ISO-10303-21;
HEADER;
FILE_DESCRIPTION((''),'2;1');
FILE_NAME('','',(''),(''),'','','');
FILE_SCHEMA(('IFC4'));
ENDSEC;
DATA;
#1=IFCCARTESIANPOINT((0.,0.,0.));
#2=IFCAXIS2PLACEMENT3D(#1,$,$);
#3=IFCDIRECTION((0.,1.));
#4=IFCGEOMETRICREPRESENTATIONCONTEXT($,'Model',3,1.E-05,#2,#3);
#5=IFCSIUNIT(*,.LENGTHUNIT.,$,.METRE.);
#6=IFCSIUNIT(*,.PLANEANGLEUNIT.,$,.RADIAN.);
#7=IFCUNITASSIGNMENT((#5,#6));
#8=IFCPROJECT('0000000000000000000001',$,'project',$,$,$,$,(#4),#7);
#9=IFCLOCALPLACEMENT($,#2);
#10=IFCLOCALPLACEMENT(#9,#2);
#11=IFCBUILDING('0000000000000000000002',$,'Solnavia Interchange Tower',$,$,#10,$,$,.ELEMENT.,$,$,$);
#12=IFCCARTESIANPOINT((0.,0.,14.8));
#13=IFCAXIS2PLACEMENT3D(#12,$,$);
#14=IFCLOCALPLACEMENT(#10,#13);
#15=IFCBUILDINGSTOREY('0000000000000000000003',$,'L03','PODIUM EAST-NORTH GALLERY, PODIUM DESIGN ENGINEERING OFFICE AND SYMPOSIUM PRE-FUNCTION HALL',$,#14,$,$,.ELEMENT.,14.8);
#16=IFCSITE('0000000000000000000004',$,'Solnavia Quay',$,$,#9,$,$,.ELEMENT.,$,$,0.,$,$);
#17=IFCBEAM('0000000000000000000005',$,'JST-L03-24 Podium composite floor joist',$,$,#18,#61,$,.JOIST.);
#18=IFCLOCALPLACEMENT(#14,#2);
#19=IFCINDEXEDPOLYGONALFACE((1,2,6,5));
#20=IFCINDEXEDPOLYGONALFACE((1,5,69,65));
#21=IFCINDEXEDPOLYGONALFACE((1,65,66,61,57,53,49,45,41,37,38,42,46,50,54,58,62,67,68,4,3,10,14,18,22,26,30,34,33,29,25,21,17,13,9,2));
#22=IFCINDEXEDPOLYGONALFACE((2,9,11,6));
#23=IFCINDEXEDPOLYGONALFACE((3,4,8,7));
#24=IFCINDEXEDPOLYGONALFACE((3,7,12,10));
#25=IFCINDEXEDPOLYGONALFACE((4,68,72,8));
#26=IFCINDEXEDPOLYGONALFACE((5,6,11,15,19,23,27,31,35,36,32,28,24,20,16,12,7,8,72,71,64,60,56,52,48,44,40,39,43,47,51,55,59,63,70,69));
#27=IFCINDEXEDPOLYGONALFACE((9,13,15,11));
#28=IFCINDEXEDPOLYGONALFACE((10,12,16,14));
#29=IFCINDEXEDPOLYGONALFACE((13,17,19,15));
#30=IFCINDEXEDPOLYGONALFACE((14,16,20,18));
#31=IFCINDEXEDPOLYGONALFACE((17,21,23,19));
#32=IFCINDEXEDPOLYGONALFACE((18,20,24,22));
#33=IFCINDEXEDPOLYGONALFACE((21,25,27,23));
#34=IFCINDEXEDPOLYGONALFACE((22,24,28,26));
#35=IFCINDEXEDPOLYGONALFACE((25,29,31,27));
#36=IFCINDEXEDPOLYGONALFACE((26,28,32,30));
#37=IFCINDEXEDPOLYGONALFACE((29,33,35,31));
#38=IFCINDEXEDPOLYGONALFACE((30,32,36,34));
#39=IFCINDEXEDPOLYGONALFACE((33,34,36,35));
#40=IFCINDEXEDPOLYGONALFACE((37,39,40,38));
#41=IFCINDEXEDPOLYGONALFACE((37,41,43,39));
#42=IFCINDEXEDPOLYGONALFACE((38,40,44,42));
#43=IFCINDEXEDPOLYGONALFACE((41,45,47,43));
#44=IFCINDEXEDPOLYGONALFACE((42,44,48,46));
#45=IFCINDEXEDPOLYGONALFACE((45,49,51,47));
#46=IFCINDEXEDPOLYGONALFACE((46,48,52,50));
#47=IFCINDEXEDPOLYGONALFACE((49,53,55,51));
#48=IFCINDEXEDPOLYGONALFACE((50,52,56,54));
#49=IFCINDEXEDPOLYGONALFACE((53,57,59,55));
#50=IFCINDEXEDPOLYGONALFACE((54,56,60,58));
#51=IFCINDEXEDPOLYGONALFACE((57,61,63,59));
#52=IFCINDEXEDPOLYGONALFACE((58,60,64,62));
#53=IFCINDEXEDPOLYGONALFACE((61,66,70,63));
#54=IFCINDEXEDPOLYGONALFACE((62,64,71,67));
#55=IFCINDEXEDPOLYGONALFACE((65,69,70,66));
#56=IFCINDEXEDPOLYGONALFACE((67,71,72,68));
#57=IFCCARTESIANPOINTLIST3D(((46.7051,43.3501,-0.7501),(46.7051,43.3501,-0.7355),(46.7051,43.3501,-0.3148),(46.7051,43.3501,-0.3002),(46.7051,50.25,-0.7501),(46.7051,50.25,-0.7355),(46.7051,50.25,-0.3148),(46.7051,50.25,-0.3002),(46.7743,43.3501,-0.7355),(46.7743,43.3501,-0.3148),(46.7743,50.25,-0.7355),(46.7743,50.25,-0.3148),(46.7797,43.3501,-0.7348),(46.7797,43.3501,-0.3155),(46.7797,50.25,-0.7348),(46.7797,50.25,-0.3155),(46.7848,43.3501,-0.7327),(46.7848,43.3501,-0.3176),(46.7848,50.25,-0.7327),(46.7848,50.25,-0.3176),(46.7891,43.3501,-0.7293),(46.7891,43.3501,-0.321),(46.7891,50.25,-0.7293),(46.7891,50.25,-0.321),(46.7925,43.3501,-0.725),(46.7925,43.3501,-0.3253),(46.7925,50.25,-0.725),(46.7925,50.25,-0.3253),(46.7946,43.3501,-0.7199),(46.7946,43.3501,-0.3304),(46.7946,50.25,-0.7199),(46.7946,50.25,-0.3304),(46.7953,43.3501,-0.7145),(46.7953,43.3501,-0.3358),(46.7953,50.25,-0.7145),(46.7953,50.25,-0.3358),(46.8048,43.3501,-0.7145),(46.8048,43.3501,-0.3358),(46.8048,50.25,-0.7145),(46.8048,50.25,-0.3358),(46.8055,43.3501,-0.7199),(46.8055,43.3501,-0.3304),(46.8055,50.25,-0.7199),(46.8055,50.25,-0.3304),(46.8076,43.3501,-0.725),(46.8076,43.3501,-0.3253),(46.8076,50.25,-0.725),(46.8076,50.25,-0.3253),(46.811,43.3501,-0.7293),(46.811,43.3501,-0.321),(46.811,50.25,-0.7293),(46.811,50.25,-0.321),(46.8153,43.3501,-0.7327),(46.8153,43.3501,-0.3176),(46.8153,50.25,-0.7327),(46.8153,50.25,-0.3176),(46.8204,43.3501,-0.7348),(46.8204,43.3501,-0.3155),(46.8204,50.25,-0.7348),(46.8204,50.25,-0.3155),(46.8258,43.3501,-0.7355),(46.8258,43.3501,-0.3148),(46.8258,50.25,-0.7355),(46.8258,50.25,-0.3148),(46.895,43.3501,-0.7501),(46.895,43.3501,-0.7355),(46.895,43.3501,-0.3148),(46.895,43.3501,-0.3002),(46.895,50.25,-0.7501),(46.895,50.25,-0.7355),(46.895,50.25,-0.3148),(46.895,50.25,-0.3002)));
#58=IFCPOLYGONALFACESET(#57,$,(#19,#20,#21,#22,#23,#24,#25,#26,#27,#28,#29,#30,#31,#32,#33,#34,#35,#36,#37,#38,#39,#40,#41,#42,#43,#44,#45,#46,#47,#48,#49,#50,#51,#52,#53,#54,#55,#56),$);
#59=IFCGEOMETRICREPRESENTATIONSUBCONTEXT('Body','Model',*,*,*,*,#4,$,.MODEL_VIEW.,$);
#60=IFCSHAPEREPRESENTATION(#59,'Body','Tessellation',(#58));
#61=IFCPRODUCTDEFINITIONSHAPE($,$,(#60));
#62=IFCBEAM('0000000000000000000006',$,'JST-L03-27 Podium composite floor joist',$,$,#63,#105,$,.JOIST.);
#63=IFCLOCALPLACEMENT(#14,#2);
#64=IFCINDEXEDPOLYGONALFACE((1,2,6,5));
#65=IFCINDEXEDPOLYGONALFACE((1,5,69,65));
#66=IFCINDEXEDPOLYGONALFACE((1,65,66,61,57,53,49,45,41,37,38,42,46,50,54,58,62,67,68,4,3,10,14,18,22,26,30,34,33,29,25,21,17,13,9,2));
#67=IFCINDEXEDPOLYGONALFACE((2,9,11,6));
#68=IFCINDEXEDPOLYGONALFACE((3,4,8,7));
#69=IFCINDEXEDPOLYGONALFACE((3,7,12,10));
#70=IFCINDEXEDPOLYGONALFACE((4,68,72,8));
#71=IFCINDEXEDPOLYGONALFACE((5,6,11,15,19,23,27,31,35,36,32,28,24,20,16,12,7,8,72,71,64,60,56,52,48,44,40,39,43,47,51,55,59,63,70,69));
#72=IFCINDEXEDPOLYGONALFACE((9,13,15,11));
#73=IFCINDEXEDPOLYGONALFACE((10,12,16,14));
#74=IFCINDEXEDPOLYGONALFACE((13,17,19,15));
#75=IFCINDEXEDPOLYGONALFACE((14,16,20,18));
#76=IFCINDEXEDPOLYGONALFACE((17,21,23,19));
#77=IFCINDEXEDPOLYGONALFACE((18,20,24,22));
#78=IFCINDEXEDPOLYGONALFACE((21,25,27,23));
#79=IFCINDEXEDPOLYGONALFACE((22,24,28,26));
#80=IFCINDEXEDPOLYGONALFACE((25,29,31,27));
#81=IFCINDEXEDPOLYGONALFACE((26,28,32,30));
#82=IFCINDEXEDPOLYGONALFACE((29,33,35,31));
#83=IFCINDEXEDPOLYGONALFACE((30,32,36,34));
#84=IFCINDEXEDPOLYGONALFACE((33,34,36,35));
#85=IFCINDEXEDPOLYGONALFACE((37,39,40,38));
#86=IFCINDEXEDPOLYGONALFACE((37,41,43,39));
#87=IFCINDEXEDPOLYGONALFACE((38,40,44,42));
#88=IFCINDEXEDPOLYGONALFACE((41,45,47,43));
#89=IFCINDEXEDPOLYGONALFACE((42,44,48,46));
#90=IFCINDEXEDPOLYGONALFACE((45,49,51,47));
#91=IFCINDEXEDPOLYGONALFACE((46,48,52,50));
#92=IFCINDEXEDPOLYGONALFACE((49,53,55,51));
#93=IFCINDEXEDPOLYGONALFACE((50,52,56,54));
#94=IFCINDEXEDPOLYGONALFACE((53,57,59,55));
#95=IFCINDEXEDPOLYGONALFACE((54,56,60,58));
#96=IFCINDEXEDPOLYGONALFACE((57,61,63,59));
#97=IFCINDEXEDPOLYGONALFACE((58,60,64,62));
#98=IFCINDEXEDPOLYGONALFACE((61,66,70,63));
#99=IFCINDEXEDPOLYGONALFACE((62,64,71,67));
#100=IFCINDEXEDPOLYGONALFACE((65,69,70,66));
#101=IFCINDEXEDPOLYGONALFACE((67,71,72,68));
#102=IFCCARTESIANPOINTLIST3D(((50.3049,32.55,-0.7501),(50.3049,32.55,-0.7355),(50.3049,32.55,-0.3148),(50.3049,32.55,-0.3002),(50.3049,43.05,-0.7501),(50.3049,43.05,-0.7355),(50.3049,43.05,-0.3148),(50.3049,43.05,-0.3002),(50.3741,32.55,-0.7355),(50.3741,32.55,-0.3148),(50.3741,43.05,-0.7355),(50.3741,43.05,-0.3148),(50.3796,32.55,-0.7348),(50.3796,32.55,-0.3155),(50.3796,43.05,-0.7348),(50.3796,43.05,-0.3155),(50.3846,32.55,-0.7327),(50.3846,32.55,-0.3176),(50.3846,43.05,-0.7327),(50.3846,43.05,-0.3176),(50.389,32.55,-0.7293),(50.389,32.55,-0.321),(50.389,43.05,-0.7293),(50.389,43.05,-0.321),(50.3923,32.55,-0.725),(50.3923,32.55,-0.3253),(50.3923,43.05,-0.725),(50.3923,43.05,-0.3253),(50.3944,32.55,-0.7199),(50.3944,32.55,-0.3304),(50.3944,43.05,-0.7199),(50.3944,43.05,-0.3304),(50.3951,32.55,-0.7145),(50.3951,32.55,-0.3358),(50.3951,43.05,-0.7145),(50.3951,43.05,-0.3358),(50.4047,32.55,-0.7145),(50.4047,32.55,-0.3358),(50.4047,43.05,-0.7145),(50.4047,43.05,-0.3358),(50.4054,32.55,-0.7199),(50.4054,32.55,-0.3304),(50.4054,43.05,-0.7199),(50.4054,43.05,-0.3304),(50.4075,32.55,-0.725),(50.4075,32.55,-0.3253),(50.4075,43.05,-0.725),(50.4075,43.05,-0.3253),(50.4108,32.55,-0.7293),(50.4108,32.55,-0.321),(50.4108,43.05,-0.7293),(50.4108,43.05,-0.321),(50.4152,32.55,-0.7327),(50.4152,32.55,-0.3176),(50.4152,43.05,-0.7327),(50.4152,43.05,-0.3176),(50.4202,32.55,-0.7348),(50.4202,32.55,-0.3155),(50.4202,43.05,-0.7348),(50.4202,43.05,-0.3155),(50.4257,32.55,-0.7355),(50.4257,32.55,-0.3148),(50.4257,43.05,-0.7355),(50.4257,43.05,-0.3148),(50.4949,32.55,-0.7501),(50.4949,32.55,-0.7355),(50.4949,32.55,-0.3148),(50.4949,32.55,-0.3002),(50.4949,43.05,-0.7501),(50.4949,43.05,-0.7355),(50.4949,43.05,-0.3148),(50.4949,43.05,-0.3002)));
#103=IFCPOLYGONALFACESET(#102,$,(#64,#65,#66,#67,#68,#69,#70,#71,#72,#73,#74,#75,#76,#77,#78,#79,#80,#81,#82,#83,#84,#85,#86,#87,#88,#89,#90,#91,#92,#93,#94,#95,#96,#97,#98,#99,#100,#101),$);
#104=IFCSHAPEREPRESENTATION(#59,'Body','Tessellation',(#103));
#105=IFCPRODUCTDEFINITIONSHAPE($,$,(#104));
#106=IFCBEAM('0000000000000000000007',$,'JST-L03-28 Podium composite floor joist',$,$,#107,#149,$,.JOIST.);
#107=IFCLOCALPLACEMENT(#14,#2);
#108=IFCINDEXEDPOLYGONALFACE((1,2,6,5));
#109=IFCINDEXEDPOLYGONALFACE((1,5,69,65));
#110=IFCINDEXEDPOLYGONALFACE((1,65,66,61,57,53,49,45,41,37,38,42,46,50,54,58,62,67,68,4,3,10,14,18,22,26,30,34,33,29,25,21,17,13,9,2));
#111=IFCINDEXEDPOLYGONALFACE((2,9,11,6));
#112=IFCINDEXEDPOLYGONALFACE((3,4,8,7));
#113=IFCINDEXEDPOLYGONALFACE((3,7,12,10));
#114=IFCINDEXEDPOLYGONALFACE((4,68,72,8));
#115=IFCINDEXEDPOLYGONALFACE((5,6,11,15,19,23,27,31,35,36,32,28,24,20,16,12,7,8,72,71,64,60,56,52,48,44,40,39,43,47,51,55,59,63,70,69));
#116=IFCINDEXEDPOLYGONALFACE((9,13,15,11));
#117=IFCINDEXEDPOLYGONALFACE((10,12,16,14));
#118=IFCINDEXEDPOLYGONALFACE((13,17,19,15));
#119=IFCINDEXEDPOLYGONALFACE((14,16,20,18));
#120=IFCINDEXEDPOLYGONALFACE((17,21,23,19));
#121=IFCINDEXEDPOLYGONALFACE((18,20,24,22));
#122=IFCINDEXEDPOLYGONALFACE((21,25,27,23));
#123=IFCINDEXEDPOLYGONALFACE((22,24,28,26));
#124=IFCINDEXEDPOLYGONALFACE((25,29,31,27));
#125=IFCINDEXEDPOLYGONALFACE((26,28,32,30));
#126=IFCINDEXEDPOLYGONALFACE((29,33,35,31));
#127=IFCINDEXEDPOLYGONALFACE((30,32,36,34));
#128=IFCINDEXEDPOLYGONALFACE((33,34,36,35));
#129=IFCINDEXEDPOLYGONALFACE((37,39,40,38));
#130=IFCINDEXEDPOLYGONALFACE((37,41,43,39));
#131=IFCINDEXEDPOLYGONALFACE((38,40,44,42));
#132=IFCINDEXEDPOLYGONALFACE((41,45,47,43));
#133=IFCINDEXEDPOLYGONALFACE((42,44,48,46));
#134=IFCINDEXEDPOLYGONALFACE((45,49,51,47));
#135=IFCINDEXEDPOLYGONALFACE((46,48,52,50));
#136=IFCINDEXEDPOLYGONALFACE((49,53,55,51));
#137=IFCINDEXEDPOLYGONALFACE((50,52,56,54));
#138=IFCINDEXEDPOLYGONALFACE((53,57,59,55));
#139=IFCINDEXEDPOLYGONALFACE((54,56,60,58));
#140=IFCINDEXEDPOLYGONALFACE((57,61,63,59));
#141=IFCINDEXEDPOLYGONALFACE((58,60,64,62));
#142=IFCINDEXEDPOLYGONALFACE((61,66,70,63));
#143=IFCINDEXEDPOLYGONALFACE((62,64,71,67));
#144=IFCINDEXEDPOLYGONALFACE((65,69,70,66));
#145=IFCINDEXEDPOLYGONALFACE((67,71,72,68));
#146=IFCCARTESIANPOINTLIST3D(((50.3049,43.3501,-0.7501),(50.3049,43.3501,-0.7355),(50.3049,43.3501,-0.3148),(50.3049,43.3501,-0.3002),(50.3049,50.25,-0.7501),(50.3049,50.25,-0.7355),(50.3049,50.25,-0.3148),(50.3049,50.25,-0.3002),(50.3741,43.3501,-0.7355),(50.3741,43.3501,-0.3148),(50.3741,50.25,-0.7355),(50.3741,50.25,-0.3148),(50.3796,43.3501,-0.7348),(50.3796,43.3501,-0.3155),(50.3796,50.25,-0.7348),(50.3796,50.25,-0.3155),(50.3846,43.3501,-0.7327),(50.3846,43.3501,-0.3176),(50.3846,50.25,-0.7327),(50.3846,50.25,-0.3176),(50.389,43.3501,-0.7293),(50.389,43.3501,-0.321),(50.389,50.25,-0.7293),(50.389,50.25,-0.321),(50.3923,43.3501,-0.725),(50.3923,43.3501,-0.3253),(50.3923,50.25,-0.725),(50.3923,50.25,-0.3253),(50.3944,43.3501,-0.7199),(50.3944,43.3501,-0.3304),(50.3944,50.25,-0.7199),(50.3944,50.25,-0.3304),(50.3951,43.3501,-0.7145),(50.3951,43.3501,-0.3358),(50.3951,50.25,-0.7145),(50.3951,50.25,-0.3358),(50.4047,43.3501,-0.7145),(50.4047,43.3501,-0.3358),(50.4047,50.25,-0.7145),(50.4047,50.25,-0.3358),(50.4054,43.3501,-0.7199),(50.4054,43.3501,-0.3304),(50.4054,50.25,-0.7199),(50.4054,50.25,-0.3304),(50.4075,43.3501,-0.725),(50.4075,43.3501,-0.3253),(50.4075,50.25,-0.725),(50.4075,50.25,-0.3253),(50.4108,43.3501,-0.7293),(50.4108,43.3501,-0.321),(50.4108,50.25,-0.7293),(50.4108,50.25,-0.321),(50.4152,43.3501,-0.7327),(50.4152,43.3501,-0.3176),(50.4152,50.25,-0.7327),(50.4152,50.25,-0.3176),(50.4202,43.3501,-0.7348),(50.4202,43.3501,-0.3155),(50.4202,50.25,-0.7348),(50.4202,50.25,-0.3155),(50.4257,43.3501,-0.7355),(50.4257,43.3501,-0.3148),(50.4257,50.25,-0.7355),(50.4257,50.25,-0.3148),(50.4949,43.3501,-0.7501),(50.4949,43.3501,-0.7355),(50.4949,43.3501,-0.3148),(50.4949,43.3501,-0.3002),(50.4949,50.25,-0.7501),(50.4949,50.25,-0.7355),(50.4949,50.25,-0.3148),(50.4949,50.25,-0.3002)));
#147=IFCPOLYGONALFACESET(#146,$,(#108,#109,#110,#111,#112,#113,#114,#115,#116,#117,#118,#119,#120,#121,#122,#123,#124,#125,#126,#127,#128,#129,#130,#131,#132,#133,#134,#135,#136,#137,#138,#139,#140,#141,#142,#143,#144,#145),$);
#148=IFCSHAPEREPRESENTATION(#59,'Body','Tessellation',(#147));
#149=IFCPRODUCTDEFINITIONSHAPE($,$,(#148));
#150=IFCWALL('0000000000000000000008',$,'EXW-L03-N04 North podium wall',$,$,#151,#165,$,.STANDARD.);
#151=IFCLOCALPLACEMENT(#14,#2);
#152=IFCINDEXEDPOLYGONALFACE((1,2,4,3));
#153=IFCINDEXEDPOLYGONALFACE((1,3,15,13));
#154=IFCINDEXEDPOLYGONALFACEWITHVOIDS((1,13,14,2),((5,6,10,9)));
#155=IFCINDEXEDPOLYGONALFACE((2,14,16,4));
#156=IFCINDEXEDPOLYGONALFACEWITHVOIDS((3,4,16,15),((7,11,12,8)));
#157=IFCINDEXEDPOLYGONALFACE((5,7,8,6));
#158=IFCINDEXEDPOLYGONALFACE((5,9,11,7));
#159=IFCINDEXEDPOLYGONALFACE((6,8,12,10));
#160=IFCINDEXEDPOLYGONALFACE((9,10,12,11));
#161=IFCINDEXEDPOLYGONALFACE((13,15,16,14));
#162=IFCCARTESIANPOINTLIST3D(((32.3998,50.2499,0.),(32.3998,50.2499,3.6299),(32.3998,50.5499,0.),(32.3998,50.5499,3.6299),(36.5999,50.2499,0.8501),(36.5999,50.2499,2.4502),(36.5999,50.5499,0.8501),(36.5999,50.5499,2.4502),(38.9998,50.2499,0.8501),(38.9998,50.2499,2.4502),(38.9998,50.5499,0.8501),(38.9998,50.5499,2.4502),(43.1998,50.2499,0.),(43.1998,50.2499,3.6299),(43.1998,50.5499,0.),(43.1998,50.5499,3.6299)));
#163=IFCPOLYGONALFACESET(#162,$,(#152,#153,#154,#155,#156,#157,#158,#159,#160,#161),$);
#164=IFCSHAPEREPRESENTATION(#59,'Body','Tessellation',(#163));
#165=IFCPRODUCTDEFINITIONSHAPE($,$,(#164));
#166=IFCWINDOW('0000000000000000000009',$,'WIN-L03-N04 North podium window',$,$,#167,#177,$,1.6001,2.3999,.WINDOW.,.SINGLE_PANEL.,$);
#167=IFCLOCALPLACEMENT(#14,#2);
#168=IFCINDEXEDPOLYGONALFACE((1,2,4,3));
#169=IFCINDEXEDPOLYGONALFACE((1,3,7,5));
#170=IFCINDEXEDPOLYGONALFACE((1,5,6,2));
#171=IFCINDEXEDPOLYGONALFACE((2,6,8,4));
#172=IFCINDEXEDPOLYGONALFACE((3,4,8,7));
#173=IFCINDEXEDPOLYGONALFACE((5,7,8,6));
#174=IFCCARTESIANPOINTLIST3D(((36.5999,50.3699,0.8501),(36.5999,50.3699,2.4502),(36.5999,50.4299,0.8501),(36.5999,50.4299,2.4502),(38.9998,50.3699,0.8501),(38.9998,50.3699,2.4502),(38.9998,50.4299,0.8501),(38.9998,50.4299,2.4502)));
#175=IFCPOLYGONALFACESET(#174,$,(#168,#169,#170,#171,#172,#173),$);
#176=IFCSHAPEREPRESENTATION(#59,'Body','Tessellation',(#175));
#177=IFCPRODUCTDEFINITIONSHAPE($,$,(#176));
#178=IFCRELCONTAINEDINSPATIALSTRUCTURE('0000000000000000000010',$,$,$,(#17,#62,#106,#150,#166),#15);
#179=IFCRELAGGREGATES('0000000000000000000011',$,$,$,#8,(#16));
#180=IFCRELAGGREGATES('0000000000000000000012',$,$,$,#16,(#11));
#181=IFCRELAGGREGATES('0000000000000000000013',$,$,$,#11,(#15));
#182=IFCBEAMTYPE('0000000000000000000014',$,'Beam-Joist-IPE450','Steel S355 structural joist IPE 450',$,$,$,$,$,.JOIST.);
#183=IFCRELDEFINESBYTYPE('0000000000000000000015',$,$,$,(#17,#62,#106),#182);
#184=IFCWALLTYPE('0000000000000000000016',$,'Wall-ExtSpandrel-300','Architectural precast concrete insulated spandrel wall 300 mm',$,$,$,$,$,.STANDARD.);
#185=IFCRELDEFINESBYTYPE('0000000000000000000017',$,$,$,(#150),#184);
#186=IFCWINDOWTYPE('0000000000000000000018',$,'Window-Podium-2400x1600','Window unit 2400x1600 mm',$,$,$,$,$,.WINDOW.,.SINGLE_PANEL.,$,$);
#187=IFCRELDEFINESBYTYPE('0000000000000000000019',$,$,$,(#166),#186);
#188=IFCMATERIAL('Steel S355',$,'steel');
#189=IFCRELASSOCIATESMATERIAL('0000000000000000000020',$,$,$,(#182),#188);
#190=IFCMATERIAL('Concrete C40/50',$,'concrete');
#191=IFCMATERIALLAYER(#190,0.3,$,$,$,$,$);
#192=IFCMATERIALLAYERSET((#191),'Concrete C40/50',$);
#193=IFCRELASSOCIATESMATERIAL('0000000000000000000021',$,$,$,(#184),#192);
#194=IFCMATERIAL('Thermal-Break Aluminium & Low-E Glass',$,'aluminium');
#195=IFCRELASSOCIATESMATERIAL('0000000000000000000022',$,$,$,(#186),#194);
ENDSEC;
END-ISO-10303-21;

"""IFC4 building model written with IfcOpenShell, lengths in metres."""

from ifc_helpers import new_model, si_unit, direction, frame, frame_2d, origin, origin_2d, place, context, subcontext, project, spatial, rectangle, i_section, extrude, material, layer, layer_set, material_profile, profile_set, type_object, element, fill, save


model = new_model("IFC4")

# Units and contexts
model_context = context("Model", 3, precision=1e-05, world=origin(), true_north=direction((0.0, 1.0)))
body_context = subcontext(model_context, "Body", "Model", "MODEL_VIEW")
ifc_project = project(units=[si_unit("LENGTHUNIT", "METRE"), si_unit("PLANEANGLEUNIT", "RADIAN")], contexts=[model_context])

# Site, building, storey
site_placement = place(None, origin())
site = spatial("IfcSite", under=ifc_project, at=site_placement, Name="Solnavia Quay", CompositionType="ELEMENT", RefElevation=0.0)
building_placement = place(site_placement, origin())
building = spatial("IfcBuilding", under=site, at=building_placement, Name="Solnavia Interchange Tower", CompositionType="ELEMENT")
storey_placement = place(building_placement, frame((0.0, 0.0, 14.8)))
storey = spatial("IfcBuildingStorey", under=building, at=storey_placement, Name="L03", Description="PODIUM EAST-NORTH GALLERY, PODIUM DESIGN ENGINEERING OFFICE AND SYMPOSIUM PRE-FUNCTION HALL", CompositionType="ELEMENT", Elevation=14.8)

# Beams
ifc_material_1 = material(Name="Steel S355", Category="steel")
ifc_material_profile_1 = material_profile(ifc_material_1, i_section(OverallWidth=0.1899, OverallDepth=0.45, WebThickness=0.0095, FlangeThickness=0.0146, FilletRadius=0.021, at=origin_2d()), Name="IPE 450")
ifc_profile_set_1 = profile_set([ifc_material_profile_1], Name="Steel S355")
beam_type_1 = type_object("IfcBeamType", Name="Beam-Joist-IPE450", Description="Steel S355 structural joist IPE 450", PredefinedType="JOIST", material=ifc_profile_set_1)
beam_1_placement = place(storey_placement, frame((46.8, 43.3501, -0.5251), z_axis=(0.0, 1.0, 0.0), x_axis=(-1.0, 0.0, 0.0)))
element("IfcBeam", 1, at=beam_1_placement, inside=storey, type_object=beam_type_1, Name="JST-L03-24 Podium composite floor joist", PredefinedType="JOIST", context=body_context, shape_type="SweptSolid", body=[
    extrude(i_section(OverallWidth=0.1899, OverallDepth=0.45, WebThickness=0.0095, FlangeThickness=0.0146, FilletRadius=0.021, at=origin_2d()), origin(), (0.0, 0.0, 1.0), 6.8999),
])
beam_2_placement = place(storey_placement, frame((50.3999, 32.55, -0.5251), z_axis=(0.0, 1.0, 0.0), x_axis=(-1.0, 0.0, 0.0)))
element("IfcBeam", 2, at=beam_2_placement, inside=storey, type_object=beam_type_1, Name="JST-L03-27 Podium composite floor joist", PredefinedType="JOIST", context=body_context, shape_type="SweptSolid", body=[
    extrude(i_section(OverallWidth=0.1899, OverallDepth=0.45, WebThickness=0.0095, FlangeThickness=0.0146, FilletRadius=0.021, at=origin_2d()), origin(), (0.0, 0.0, 1.0), 10.5),
])
beam_3_placement = place(storey_placement, frame((50.3999, 43.3501, -0.5251), z_axis=(0.0, 1.0, 0.0), x_axis=(-1.0, 0.0, 0.0)))
element("IfcBeam", 3, at=beam_3_placement, inside=storey, type_object=beam_type_1, Name="JST-L03-28 Podium composite floor joist", PredefinedType="JOIST", context=body_context, shape_type="SweptSolid", body=[
    extrude(i_section(OverallWidth=0.1899, OverallDepth=0.45, WebThickness=0.0095, FlangeThickness=0.0146, FilletRadius=0.021, at=origin_2d()), origin(), (0.0, 0.0, 1.0), 6.8999),
])

# Wall, opening, window
ifc_material_2 = material(Name="Concrete C40/50", Category="concrete")
ifc_layer_1 = layer(ifc_material_2, 0.3)
ifc_layer_set_1 = layer_set([ifc_layer_1], Name="Concrete C40/50")
wall_type_1 = type_object("IfcWallType", Name="Wall-ExtSpandrel-300", Description="Architectural precast concrete insulated spandrel wall 300 mm", PredefinedType="STANDARD", material=ifc_layer_set_1)
wall_1_placement = place(storey_placement, frame((32.3999, 50.3999, 0.0), z_axis=(0.0, 0.0, 1.0), x_axis=(1.0, 0.0, 0.0)))
wall_1 = element("IfcWall", 4, at=wall_1_placement, inside=storey, type_object=wall_type_1, Name="EXW-L03-N04 North podium wall", PredefinedType="STANDARD", context=body_context, shape_type="SweptSolid", body=[
    extrude(rectangle(XDim=10.8, YDim=0.3, at=frame_2d((5.3999, 0.0))), origin(), (0.0, 0.0, 1.0), 3.6299),
])
opening_1_placement = place(wall_1_placement, frame((4.2, 0.0, 0.8501)))
opening_1 = element("IfcOpeningElement", 5, at=opening_1_placement, cuts=wall_1, PredefinedType="OPENING", context=body_context, shape_type="SweptSolid", body=[
    extrude(rectangle(XDim=2.3999, YDim=1.6001, at=frame_2d((1.2, 0.8))), frame((0.0, 0.1602, 0.0), z_axis=(0.0, -1.0, 0.0), x_axis=(1.0, 0.0, 0.0)), (0.0, 0.0, 1.0), 0.3201),
])
ifc_material_3 = material(Name="Thermal-Break Aluminium & Low-E Glass", Category="aluminium")
window_type = type_object("IfcWindowType", Name="Window-Podium-2400x1600", Description="Window unit 2400x1600 mm", PartitioningType="SINGLE_PANEL", PredefinedType="WINDOW", material=ifc_material_3)
window_1_placement = place(opening_1_placement, origin())
window_1 = element("IfcWindow", 6, at=window_1_placement, inside=storey, type_object=window_type, Name="WIN-L03-N04 North podium window", OverallHeight=1.6001, OverallWidth=2.3999, PartitioningType="SINGLE_PANEL", PredefinedType="WINDOW", context=body_context, shape_type="SweptSolid", body=[
    extrude(rectangle(XDim=2.3999, YDim=1.6001, at=frame_2d((1.2, 0.8))), frame((0.0, 0.03, 0.0), z_axis=(0.0, -1.0, 0.0), x_axis=(1.0, 0.0, 0.0)), (0.0, 0.0, 1.0), 0.0601),
])
fill(opening_1, window_1)

save(model, "model.ifc")
